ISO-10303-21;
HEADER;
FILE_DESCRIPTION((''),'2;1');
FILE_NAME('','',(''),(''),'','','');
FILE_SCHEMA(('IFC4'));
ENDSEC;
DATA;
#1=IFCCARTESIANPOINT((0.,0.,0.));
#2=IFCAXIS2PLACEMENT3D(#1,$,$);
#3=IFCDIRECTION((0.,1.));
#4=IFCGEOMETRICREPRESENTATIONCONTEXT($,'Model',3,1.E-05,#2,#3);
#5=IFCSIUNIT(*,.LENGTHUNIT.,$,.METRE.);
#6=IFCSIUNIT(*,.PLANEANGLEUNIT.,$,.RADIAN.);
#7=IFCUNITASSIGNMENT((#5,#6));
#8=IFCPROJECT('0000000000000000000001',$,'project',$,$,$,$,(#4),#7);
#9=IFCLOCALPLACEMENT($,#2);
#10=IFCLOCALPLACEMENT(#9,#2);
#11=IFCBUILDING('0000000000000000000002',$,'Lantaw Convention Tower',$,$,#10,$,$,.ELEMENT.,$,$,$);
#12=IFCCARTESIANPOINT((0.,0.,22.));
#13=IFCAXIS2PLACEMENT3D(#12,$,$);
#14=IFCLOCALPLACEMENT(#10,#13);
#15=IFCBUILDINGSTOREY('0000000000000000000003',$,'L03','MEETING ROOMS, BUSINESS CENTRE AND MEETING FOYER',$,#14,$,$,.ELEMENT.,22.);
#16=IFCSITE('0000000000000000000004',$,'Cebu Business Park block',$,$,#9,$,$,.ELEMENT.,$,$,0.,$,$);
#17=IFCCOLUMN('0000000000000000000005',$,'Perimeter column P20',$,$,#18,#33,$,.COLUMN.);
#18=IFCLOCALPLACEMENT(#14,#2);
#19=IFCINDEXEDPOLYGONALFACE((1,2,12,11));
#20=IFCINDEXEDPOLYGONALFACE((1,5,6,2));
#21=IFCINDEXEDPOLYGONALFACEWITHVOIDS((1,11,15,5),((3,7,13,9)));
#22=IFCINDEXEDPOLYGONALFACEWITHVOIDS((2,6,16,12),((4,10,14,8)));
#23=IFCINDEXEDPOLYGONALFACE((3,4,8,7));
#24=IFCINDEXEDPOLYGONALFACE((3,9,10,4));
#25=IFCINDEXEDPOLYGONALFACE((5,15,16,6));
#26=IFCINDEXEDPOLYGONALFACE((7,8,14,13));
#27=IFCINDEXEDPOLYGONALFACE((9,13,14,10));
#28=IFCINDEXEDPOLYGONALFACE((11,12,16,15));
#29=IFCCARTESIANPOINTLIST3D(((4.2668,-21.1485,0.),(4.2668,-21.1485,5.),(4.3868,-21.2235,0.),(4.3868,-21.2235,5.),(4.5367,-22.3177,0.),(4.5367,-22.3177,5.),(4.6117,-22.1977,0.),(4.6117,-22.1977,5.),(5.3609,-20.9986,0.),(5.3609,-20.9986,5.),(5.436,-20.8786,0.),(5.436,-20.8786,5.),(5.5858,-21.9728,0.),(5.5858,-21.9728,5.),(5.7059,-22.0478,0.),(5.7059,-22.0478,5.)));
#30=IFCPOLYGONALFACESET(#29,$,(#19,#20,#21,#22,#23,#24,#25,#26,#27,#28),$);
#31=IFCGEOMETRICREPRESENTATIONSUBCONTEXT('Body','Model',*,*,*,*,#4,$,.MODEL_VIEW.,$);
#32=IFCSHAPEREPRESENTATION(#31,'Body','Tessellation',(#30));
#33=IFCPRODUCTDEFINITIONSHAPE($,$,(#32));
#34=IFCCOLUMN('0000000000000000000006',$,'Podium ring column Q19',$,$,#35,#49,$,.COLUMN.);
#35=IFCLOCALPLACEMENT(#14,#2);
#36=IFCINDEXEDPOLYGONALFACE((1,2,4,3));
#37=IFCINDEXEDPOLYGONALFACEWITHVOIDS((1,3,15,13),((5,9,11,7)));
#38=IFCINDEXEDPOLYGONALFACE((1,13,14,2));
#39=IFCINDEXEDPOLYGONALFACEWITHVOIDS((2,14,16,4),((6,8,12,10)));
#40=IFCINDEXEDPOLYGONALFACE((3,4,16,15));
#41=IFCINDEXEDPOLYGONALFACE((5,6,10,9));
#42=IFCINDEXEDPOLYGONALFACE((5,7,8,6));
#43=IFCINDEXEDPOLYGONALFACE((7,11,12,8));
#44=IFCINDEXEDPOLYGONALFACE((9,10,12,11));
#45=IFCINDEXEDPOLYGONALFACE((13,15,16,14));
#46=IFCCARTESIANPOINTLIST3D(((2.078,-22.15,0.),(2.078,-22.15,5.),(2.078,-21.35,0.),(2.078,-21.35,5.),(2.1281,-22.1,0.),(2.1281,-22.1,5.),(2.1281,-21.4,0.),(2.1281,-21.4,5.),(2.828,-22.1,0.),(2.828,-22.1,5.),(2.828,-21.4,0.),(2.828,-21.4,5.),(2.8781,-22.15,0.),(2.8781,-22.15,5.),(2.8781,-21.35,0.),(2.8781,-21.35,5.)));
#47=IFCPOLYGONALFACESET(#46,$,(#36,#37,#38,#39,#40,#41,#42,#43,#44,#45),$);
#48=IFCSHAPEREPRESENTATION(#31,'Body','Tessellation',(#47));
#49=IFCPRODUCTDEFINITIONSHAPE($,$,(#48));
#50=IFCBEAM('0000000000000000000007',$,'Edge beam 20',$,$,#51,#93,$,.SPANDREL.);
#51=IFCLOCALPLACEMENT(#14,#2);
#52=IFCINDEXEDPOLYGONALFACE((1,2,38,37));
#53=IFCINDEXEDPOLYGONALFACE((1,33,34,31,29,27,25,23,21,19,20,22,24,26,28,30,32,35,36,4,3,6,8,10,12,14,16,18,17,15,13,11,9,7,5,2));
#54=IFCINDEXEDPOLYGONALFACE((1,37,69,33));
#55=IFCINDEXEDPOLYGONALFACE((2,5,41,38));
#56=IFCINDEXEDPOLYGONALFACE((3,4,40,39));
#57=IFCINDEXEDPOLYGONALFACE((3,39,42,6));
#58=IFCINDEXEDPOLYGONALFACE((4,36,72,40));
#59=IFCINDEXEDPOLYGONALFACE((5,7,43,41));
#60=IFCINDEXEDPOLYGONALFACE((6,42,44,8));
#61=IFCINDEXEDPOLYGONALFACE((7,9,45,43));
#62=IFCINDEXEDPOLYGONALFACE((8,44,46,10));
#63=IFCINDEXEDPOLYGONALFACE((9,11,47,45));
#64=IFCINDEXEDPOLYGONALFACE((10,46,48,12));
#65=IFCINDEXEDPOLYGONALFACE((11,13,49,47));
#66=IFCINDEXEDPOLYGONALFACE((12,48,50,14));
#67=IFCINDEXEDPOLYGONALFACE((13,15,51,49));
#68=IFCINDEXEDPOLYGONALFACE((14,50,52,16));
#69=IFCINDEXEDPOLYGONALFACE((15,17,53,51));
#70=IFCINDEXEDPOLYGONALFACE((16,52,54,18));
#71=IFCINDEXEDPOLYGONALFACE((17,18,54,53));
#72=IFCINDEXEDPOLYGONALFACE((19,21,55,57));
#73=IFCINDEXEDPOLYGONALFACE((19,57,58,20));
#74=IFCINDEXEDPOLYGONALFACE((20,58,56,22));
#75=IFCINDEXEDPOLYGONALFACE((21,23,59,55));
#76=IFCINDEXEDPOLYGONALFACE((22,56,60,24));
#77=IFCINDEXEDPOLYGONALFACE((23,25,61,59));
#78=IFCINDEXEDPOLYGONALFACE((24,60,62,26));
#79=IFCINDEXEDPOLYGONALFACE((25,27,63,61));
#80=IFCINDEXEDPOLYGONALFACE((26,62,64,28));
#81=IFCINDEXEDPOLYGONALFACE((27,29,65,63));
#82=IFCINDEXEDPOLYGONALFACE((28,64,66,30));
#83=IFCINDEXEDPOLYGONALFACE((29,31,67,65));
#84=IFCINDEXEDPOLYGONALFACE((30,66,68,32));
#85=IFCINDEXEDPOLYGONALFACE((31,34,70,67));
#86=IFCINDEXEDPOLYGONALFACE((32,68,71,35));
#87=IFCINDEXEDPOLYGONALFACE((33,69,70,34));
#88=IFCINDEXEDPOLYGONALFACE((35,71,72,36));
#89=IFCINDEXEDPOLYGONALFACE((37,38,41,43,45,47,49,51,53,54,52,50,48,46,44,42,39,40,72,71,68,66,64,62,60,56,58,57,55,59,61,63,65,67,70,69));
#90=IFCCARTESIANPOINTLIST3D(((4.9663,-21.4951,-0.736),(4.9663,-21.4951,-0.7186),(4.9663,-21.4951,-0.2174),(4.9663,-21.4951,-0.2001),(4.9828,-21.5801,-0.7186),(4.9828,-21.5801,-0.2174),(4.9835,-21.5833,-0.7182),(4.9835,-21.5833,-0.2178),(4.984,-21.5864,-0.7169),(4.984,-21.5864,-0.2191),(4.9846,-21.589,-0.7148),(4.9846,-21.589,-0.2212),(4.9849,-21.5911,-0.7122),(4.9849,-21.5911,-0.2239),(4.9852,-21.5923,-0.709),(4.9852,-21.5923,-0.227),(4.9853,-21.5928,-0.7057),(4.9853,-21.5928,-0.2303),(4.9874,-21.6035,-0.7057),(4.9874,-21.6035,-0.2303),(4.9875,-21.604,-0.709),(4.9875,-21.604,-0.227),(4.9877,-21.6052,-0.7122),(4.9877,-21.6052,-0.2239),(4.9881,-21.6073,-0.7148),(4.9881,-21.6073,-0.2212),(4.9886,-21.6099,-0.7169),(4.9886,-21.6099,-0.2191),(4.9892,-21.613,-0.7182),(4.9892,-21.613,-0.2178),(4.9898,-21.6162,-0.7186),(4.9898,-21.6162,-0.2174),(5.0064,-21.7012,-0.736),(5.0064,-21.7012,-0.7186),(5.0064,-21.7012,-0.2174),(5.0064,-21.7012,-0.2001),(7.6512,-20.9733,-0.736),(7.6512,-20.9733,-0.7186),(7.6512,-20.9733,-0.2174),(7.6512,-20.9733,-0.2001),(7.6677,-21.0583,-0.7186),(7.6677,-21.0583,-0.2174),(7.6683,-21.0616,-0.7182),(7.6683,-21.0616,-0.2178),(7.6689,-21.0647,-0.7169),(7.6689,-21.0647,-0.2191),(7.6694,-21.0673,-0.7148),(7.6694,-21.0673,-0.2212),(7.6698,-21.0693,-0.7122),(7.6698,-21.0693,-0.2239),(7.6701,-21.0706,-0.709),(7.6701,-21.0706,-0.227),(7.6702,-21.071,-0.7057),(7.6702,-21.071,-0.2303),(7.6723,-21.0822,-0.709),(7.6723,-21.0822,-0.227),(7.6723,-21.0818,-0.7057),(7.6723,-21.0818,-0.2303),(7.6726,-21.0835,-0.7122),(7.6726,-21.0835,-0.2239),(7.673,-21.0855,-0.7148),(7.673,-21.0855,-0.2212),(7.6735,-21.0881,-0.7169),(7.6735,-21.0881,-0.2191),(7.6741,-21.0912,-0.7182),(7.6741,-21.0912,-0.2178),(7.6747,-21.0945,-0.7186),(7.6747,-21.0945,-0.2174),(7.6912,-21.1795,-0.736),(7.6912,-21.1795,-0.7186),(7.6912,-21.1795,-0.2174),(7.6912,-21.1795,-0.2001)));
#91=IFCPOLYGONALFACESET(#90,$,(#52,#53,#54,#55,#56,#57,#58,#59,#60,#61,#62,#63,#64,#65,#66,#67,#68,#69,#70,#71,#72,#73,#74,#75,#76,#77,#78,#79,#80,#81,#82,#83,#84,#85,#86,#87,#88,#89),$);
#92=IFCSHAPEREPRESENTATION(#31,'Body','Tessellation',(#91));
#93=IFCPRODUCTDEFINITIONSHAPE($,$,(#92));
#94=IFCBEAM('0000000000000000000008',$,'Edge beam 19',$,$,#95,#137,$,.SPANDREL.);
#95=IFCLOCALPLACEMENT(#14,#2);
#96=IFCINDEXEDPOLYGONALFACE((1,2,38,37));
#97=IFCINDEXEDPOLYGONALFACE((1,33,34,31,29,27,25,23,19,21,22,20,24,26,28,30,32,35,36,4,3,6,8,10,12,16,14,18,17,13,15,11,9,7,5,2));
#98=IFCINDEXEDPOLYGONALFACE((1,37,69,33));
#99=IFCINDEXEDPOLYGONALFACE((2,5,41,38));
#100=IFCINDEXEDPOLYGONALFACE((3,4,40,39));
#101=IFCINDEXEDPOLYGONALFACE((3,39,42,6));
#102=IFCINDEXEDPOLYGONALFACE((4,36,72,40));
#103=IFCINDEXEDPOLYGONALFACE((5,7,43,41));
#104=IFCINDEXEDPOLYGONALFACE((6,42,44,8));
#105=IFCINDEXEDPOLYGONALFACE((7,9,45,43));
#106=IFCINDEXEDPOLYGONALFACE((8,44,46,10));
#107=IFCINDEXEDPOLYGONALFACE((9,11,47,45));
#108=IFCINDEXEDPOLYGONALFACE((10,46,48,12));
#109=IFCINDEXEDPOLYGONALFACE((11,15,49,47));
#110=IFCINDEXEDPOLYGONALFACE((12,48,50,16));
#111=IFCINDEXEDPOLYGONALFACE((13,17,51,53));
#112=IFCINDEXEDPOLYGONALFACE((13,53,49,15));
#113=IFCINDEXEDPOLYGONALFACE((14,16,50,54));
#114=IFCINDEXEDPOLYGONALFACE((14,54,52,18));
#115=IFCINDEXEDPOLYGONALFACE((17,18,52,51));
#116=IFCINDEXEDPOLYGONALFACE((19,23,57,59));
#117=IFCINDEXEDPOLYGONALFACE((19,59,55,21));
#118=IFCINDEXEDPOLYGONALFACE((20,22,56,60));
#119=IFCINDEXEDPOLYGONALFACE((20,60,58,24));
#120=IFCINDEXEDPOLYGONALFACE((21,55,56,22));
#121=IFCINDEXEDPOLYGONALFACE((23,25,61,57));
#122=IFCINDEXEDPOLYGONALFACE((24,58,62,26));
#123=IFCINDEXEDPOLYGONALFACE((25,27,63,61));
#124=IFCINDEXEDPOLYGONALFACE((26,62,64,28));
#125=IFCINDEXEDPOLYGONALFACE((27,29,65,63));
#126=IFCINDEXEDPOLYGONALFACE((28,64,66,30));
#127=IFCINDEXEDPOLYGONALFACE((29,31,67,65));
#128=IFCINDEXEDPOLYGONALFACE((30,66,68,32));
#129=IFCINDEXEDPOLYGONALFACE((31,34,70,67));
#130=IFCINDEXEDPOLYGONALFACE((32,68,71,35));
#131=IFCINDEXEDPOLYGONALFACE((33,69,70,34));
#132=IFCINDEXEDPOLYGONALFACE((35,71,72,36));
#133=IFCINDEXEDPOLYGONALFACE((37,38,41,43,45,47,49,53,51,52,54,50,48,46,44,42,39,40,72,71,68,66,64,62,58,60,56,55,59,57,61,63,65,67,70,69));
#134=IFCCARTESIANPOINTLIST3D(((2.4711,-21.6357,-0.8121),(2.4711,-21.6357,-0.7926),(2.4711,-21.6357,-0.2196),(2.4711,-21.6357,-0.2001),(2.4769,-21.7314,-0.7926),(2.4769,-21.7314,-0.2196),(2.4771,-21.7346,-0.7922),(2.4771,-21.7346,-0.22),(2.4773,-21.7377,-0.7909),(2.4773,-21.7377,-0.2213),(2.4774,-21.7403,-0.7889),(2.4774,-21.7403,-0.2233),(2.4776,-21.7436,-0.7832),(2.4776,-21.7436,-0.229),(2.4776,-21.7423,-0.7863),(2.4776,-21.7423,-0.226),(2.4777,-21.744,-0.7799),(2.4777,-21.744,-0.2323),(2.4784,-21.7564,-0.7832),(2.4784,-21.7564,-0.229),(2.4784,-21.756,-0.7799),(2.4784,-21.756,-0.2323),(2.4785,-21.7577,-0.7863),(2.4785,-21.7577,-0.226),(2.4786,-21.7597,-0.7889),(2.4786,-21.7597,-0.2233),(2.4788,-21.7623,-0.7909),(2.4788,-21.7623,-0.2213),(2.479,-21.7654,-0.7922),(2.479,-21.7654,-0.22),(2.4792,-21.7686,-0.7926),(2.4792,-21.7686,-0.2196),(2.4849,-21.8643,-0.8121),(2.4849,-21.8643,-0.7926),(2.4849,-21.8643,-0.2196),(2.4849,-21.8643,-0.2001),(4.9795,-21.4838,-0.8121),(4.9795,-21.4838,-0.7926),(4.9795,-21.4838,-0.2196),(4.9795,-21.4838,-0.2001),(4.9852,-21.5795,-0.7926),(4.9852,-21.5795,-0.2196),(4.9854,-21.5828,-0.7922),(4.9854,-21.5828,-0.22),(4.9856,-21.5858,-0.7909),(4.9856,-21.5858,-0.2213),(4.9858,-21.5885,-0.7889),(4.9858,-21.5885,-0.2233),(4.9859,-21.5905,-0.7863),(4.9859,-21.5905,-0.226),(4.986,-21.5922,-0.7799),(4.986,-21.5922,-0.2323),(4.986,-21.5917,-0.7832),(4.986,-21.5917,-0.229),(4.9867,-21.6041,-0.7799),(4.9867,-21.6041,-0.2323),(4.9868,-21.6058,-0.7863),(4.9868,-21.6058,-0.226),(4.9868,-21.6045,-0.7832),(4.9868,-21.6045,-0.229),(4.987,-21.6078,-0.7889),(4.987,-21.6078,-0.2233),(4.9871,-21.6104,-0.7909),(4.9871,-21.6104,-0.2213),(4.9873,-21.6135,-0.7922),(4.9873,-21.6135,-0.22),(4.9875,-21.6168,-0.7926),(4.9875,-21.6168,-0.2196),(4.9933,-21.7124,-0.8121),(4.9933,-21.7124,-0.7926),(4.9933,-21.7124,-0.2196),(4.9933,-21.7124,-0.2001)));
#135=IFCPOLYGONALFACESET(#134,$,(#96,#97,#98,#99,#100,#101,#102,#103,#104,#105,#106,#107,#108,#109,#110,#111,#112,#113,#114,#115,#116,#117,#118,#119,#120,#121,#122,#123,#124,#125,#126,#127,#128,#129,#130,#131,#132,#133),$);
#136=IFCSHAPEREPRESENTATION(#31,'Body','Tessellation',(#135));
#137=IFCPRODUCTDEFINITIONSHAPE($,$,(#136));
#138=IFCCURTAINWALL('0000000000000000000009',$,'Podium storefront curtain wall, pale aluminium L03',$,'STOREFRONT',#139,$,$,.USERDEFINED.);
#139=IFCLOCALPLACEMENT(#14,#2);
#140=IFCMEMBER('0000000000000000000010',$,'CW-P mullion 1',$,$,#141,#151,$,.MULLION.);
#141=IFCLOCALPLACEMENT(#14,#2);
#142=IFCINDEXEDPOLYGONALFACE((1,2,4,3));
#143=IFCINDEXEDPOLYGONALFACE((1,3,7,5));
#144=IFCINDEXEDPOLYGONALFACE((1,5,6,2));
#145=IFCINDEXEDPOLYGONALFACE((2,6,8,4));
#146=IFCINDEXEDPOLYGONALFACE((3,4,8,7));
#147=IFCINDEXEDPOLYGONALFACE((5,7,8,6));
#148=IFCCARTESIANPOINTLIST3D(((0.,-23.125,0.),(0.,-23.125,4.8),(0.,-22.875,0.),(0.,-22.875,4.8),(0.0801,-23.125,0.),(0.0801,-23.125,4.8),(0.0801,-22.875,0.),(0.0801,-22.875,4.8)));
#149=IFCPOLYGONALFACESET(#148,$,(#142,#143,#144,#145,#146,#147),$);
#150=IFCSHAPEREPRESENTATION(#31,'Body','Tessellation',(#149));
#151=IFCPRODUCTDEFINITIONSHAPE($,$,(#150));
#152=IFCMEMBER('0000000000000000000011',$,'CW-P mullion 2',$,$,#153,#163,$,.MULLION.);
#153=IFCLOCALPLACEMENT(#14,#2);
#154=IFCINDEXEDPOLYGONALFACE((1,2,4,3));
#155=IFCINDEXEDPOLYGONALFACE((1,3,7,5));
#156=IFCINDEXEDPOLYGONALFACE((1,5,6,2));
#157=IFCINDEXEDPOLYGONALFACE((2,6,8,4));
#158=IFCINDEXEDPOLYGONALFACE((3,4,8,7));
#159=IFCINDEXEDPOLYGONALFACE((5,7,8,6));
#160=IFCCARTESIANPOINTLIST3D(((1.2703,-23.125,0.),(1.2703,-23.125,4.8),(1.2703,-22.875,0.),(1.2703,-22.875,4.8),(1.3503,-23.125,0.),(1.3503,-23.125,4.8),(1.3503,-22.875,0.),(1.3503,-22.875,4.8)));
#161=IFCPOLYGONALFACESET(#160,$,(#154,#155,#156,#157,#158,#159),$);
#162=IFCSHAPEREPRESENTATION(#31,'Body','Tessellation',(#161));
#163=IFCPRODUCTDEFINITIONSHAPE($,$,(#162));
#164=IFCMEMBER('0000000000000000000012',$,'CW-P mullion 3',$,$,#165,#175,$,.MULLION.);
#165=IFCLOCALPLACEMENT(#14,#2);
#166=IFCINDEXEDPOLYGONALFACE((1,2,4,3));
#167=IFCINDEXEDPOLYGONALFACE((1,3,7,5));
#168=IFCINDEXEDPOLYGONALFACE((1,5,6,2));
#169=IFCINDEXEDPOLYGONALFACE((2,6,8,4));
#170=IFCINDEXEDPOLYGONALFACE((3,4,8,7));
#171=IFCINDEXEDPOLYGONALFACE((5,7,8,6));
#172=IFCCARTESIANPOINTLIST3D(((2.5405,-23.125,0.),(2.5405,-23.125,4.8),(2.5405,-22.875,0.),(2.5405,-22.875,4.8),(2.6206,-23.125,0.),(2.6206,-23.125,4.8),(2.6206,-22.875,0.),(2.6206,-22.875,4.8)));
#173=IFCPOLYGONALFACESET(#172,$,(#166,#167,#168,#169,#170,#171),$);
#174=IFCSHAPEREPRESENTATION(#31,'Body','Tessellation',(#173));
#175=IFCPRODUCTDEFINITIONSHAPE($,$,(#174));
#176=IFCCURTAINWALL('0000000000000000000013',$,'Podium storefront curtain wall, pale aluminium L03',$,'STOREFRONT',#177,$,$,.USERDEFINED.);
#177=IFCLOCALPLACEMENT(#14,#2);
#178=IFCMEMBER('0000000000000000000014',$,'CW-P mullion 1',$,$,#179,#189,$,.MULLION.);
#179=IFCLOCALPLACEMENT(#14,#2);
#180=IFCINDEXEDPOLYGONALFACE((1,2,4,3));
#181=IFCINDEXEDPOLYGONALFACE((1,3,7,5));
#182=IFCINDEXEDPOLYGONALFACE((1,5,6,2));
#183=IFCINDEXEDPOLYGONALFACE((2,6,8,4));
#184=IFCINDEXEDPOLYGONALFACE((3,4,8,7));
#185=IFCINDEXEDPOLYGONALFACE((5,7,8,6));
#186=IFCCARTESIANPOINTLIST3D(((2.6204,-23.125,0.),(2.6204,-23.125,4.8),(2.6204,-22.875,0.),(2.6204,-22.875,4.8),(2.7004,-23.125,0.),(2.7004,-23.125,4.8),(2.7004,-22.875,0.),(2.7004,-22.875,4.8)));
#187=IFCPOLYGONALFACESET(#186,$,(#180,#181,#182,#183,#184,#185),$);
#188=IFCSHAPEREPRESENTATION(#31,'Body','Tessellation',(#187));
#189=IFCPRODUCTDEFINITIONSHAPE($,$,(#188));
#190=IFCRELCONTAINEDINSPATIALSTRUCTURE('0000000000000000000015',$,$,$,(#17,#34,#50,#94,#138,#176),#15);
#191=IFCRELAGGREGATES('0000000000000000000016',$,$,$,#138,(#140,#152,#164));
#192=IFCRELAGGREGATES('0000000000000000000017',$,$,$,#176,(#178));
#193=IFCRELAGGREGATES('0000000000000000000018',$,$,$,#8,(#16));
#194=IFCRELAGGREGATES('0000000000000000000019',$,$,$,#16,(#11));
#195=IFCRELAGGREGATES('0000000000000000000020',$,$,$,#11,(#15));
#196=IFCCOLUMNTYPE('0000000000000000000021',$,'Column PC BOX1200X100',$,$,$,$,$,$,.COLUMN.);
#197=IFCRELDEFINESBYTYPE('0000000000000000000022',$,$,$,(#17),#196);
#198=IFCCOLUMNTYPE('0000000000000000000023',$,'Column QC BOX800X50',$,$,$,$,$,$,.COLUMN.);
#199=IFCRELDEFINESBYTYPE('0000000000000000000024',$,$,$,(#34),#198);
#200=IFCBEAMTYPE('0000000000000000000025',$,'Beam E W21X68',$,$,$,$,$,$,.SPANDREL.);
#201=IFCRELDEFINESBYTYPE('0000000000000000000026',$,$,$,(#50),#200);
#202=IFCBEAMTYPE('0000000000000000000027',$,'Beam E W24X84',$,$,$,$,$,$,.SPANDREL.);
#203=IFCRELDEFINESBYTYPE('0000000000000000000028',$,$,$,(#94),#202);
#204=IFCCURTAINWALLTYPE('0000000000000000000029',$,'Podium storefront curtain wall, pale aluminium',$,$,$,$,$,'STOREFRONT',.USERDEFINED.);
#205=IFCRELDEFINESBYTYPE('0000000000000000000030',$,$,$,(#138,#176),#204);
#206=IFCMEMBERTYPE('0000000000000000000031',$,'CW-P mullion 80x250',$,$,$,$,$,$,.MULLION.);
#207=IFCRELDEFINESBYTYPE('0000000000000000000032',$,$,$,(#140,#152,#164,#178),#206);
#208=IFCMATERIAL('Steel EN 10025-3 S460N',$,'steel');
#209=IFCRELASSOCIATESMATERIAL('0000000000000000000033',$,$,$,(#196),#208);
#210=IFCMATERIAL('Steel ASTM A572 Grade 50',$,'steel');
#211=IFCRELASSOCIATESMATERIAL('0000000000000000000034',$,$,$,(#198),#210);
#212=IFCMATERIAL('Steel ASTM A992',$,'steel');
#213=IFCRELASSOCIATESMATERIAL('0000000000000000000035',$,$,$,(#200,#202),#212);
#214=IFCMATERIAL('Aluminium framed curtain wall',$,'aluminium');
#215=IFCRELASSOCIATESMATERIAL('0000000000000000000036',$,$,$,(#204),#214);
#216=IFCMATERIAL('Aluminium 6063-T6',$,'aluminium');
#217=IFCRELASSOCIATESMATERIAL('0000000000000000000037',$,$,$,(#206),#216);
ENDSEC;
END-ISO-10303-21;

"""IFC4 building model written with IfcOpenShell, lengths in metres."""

from ifc_helpers import new_model, si_unit, direction, frame, origin, origin_2d, place, context, subcontext, project, spatial, rectangle, hollow_rectangle, i_section, extrude, material, material_profile, profile_set, type_object, element, aggregate, save


model = new_model("IFC4")

# Units and contexts
model_context = context("Model", 3, precision=1e-05, world=origin(), true_north=direction((0.0, 1.0)))
body_context = subcontext(model_context, "Body", "Model", "MODEL_VIEW")
ifc_project = project(units=[si_unit("LENGTHUNIT", "METRE"), si_unit("PLANEANGLEUNIT", "RADIAN")], contexts=[model_context])

# Site, building, storey
site_placement = place(None, origin())
site = spatial("IfcSite", under=ifc_project, at=site_placement, Name="Cebu Business Park block", CompositionType="ELEMENT", RefElevation=0.0)
building_placement = place(site_placement, origin())
building = spatial("IfcBuilding", under=site, at=building_placement, Name="Lantaw Convention Tower", CompositionType="ELEMENT")
storey_placement = place(building_placement, frame((0.0, 0.0, 22.0)))
storey = spatial("IfcBuildingStorey", under=building, at=storey_placement, Name="L03", Description="MEETING ROOMS, BUSINESS CENTRE AND MEETING FOYER", CompositionType="ELEMENT", Elevation=22.0)

# Columns
ifc_material_1 = material(Name="Steel EN 10025-3 S460N", Category="steel")
ifc_material_profile_1 = material_profile(ifc_material_1, hollow_rectangle(XDim=1.2, YDim=1.2, WallThickness=0.1001, at=origin_2d()), Name="BOX1200X100")
ifc_material_2 = material(Name="Concrete C60/75", Category="concrete")
ifc_material_profile_2 = material_profile(ifc_material_2, rectangle(XDim=1.0, YDim=1.0, at=origin_2d()), Name="Concrete fill of BOX1200X100")
ifc_profile_set_1 = profile_set([ifc_material_profile_1, ifc_material_profile_2], Name="Steel EN 10025-3 S460N")
column_type_1 = type_object("IfcColumnType", Name="Column PC BOX1200X100", PredefinedType="COLUMN", material=ifc_profile_set_1)
column_1_placement = place(storey_placement, frame((4.9863, -21.5981, 0.0), z_axis=(0.0, 0.0, 1.0), x_axis=(0.97437, 0.224951, 0.0)))
element("IfcColumn", 1, at=column_1_placement, inside=storey, type_object=column_type_1, Name="Perimeter column P20", PredefinedType="COLUMN", context=body_context, shape_type="SweptSolid", body=[
    extrude(hollow_rectangle(XDim=1.2, YDim=1.2, WallThickness=0.1001, at=origin_2d()), origin(), (0.0, 0.0, 1.0), 5.0),
])
ifc_material_3 = material(Name="Steel ASTM A572 Grade 50", Category="steel")
ifc_material_profile_3 = material_profile(ifc_material_3, hollow_rectangle(XDim=0.8, YDim=0.8, WallThickness=0.05, at=origin_2d()), Name="BOX800X50")
ifc_profile_set_2 = profile_set([ifc_material_profile_3], Name="Steel ASTM A572 Grade 50")
column_type_2 = type_object("IfcColumnType", Name="Column QC BOX800X50", PredefinedType="COLUMN", material=ifc_profile_set_2)
column_2_placement = place(storey_placement, frame((2.478, -21.75, 0.0), z_axis=(0.0, 0.0, 1.0), x_axis=(1.0, 0.0, 0.0)))
element("IfcColumn", 2, at=column_2_placement, inside=storey, type_object=column_type_2, Name="Podium ring column Q19", PredefinedType="COLUMN", context=body_context, shape_type="SweptSolid", body=[
    extrude(hollow_rectangle(XDim=0.8, YDim=0.8, WallThickness=0.05, at=origin_2d()), origin(), (0.0, 0.0, 1.0), 5.0),
])

# Beams
ifc_material_4 = material(Name="Steel ASTM A992", Category="steel")
ifc_material_profile_4 = material_profile(ifc_material_4, i_section(OverallWidth=0.21, OverallDepth=0.5359, WebThickness=0.011, FlangeThickness=0.0173, FilletRadius=0.0129, at=origin_2d()), Name="W21X68")
ifc_profile_set_3 = profile_set([ifc_material_profile_4], Name="Steel ASTM A992")
beam_type_1 = type_object("IfcBeamType", Name="Beam E W21X68", PredefinedType="SPANDREL", material=ifc_profile_set_3)
beam_1_placement = place(storey_placement, frame((4.9863, -21.5981, -0.468), z_axis=(0.981637, 0.190757, 0.0), x_axis=(-0.190757, 0.981637, 0.0)))
element("IfcBeam", 3, at=beam_1_placement, inside=storey, type_object=beam_type_1, Name="Edge beam 20", PredefinedType="SPANDREL", context=body_context, shape_type="SweptSolid", body=[
    extrude(i_section(OverallWidth=0.21, OverallDepth=0.5359, WebThickness=0.011, FlangeThickness=0.0173, FilletRadius=0.0129, at=origin_2d()), origin(), (0.0, 0.0, 1.0), 2.7351),
])
ifc_material_profile_5 = material_profile(ifc_material_4, i_section(OverallWidth=0.229, OverallDepth=0.6121, WebThickness=0.012, FlangeThickness=0.0195, FilletRadius=0.0127, at=origin_2d()), Name="W24X84")
ifc_profile_set_4 = profile_set([ifc_material_profile_5], Name="Steel ASTM A992")
beam_type_2 = type_object("IfcBeamType", Name="Beam E W24X84", PredefinedType="SPANDREL", material=ifc_profile_set_4)
beam_2_placement = place(storey_placement, frame((2.478, -21.75, -0.5061), z_axis=(0.998172, 0.060431, 0.0), x_axis=(-0.060431, 0.998172, 0.0)))
element("IfcBeam", 4, at=beam_2_placement, inside=storey, type_object=beam_type_2, Name="Edge beam 19", PredefinedType="SPANDREL", context=body_context, shape_type="SweptSolid", body=[
    extrude(i_section(OverallWidth=0.229, OverallDepth=0.6121, WebThickness=0.012, FlangeThickness=0.0195, FilletRadius=0.0127, at=origin_2d()), origin(), (0.0, 0.0, 1.0), 2.5129),
])

# Curtain walls, members
ifc_material_5 = material(Name="Aluminium framed curtain wall", Category="aluminium")
curtain_wall_type = type_object("IfcCurtainWallType", Name="Podium storefront curtain wall, pale aluminium", ElementType="STOREFRONT", PredefinedType="USERDEFINED", material=ifc_material_5)
curtain_wall_1_placement = place(storey_placement, origin())
curtain_wall_1 = element("IfcCurtainWall", 5, at=curtain_wall_1_placement, inside=storey, type_object=curtain_wall_type, Name="Podium storefront curtain wall, pale aluminium L03", ObjectType="STOREFRONT", PredefinedType="USERDEFINED")
ifc_material_6 = material(Name="Aluminium 6063-T6", Category="aluminium")
ifc_material_profile_6 = material_profile(ifc_material_6, rectangle(XDim=0.25, YDim=0.0801, at=origin_2d()), Name="CW-P mullion 80x250")
ifc_profile_set_5 = profile_set([ifc_material_profile_6], Name="Aluminium 6063-T6")
member_type_1 = type_object("IfcMemberType", Name="CW-P mullion 80x250", PredefinedType="MULLION", material=ifc_profile_set_5)
member_1_placement = place(storey_placement, frame((0.04, -23.0, 0.0), z_axis=(0.0, 0.0, 1.0), x_axis=(0.0, 1.0, 0.0)))
member_1 = element("IfcMember", 6, at=member_1_placement, type_object=member_type_1, Name="CW-P mullion 1", PredefinedType="MULLION", context=body_context, shape_type="SweptSolid", body=[
    extrude(rectangle(XDim=0.25, YDim=0.0801, at=origin_2d()), origin(), (0.0, 0.0, 1.0), 4.8),
])
member_2_placement = place(storey_placement, frame((1.3103, -23.0, 0.0), z_axis=(0.0, 0.0, 1.0), x_axis=(0.0, 1.0, 0.0)))
member_2 = element("IfcMember", 7, at=member_2_placement, type_object=member_type_1, Name="CW-P mullion 2", PredefinedType="MULLION", context=body_context, shape_type="SweptSolid", body=[
    extrude(rectangle(XDim=0.25, YDim=0.0801, at=origin_2d()), origin(), (0.0, 0.0, 1.0), 4.8),
])
member_3_placement = place(storey_placement, frame((2.5806, -23.0, 0.0), z_axis=(0.0, 0.0, 1.0), x_axis=(0.0, 1.0, 0.0)))
member_3 = element("IfcMember", 8, at=member_3_placement, type_object=member_type_1, Name="CW-P mullion 3", PredefinedType="MULLION", context=body_context, shape_type="SweptSolid", body=[
    extrude(rectangle(XDim=0.25, YDim=0.0801, at=origin_2d()), origin(), (0.0, 0.0, 1.0), 4.8),
])
curtain_wall_2_placement = place(storey_placement, origin())
curtain_wall_2 = element("IfcCurtainWall", 9, at=curtain_wall_2_placement, inside=storey, type_object=curtain_wall_type, Name="Podium storefront curtain wall, pale aluminium L03", ObjectType="STOREFRONT", PredefinedType="USERDEFINED")
member_4_placement = place(storey_placement, frame((2.6604, -23.0, 0.0), z_axis=(0.0, 0.0, 1.0), x_axis=(0.0, 1.0, 0.0)))
member_4 = element("IfcMember", 10, at=member_4_placement, type_object=member_type_1, Name="CW-P mullion 1", PredefinedType="MULLION", context=body_context, shape_type="SweptSolid", body=[
    extrude(rectangle(XDim=0.25, YDim=0.0801, at=origin_2d()), origin(), (0.0, 0.0, 1.0), 4.8),
])

aggregate(curtain_wall_1, [member_1, member_2, member_3])
aggregate(curtain_wall_2, [member_4])

save(model, "model.ifc")
